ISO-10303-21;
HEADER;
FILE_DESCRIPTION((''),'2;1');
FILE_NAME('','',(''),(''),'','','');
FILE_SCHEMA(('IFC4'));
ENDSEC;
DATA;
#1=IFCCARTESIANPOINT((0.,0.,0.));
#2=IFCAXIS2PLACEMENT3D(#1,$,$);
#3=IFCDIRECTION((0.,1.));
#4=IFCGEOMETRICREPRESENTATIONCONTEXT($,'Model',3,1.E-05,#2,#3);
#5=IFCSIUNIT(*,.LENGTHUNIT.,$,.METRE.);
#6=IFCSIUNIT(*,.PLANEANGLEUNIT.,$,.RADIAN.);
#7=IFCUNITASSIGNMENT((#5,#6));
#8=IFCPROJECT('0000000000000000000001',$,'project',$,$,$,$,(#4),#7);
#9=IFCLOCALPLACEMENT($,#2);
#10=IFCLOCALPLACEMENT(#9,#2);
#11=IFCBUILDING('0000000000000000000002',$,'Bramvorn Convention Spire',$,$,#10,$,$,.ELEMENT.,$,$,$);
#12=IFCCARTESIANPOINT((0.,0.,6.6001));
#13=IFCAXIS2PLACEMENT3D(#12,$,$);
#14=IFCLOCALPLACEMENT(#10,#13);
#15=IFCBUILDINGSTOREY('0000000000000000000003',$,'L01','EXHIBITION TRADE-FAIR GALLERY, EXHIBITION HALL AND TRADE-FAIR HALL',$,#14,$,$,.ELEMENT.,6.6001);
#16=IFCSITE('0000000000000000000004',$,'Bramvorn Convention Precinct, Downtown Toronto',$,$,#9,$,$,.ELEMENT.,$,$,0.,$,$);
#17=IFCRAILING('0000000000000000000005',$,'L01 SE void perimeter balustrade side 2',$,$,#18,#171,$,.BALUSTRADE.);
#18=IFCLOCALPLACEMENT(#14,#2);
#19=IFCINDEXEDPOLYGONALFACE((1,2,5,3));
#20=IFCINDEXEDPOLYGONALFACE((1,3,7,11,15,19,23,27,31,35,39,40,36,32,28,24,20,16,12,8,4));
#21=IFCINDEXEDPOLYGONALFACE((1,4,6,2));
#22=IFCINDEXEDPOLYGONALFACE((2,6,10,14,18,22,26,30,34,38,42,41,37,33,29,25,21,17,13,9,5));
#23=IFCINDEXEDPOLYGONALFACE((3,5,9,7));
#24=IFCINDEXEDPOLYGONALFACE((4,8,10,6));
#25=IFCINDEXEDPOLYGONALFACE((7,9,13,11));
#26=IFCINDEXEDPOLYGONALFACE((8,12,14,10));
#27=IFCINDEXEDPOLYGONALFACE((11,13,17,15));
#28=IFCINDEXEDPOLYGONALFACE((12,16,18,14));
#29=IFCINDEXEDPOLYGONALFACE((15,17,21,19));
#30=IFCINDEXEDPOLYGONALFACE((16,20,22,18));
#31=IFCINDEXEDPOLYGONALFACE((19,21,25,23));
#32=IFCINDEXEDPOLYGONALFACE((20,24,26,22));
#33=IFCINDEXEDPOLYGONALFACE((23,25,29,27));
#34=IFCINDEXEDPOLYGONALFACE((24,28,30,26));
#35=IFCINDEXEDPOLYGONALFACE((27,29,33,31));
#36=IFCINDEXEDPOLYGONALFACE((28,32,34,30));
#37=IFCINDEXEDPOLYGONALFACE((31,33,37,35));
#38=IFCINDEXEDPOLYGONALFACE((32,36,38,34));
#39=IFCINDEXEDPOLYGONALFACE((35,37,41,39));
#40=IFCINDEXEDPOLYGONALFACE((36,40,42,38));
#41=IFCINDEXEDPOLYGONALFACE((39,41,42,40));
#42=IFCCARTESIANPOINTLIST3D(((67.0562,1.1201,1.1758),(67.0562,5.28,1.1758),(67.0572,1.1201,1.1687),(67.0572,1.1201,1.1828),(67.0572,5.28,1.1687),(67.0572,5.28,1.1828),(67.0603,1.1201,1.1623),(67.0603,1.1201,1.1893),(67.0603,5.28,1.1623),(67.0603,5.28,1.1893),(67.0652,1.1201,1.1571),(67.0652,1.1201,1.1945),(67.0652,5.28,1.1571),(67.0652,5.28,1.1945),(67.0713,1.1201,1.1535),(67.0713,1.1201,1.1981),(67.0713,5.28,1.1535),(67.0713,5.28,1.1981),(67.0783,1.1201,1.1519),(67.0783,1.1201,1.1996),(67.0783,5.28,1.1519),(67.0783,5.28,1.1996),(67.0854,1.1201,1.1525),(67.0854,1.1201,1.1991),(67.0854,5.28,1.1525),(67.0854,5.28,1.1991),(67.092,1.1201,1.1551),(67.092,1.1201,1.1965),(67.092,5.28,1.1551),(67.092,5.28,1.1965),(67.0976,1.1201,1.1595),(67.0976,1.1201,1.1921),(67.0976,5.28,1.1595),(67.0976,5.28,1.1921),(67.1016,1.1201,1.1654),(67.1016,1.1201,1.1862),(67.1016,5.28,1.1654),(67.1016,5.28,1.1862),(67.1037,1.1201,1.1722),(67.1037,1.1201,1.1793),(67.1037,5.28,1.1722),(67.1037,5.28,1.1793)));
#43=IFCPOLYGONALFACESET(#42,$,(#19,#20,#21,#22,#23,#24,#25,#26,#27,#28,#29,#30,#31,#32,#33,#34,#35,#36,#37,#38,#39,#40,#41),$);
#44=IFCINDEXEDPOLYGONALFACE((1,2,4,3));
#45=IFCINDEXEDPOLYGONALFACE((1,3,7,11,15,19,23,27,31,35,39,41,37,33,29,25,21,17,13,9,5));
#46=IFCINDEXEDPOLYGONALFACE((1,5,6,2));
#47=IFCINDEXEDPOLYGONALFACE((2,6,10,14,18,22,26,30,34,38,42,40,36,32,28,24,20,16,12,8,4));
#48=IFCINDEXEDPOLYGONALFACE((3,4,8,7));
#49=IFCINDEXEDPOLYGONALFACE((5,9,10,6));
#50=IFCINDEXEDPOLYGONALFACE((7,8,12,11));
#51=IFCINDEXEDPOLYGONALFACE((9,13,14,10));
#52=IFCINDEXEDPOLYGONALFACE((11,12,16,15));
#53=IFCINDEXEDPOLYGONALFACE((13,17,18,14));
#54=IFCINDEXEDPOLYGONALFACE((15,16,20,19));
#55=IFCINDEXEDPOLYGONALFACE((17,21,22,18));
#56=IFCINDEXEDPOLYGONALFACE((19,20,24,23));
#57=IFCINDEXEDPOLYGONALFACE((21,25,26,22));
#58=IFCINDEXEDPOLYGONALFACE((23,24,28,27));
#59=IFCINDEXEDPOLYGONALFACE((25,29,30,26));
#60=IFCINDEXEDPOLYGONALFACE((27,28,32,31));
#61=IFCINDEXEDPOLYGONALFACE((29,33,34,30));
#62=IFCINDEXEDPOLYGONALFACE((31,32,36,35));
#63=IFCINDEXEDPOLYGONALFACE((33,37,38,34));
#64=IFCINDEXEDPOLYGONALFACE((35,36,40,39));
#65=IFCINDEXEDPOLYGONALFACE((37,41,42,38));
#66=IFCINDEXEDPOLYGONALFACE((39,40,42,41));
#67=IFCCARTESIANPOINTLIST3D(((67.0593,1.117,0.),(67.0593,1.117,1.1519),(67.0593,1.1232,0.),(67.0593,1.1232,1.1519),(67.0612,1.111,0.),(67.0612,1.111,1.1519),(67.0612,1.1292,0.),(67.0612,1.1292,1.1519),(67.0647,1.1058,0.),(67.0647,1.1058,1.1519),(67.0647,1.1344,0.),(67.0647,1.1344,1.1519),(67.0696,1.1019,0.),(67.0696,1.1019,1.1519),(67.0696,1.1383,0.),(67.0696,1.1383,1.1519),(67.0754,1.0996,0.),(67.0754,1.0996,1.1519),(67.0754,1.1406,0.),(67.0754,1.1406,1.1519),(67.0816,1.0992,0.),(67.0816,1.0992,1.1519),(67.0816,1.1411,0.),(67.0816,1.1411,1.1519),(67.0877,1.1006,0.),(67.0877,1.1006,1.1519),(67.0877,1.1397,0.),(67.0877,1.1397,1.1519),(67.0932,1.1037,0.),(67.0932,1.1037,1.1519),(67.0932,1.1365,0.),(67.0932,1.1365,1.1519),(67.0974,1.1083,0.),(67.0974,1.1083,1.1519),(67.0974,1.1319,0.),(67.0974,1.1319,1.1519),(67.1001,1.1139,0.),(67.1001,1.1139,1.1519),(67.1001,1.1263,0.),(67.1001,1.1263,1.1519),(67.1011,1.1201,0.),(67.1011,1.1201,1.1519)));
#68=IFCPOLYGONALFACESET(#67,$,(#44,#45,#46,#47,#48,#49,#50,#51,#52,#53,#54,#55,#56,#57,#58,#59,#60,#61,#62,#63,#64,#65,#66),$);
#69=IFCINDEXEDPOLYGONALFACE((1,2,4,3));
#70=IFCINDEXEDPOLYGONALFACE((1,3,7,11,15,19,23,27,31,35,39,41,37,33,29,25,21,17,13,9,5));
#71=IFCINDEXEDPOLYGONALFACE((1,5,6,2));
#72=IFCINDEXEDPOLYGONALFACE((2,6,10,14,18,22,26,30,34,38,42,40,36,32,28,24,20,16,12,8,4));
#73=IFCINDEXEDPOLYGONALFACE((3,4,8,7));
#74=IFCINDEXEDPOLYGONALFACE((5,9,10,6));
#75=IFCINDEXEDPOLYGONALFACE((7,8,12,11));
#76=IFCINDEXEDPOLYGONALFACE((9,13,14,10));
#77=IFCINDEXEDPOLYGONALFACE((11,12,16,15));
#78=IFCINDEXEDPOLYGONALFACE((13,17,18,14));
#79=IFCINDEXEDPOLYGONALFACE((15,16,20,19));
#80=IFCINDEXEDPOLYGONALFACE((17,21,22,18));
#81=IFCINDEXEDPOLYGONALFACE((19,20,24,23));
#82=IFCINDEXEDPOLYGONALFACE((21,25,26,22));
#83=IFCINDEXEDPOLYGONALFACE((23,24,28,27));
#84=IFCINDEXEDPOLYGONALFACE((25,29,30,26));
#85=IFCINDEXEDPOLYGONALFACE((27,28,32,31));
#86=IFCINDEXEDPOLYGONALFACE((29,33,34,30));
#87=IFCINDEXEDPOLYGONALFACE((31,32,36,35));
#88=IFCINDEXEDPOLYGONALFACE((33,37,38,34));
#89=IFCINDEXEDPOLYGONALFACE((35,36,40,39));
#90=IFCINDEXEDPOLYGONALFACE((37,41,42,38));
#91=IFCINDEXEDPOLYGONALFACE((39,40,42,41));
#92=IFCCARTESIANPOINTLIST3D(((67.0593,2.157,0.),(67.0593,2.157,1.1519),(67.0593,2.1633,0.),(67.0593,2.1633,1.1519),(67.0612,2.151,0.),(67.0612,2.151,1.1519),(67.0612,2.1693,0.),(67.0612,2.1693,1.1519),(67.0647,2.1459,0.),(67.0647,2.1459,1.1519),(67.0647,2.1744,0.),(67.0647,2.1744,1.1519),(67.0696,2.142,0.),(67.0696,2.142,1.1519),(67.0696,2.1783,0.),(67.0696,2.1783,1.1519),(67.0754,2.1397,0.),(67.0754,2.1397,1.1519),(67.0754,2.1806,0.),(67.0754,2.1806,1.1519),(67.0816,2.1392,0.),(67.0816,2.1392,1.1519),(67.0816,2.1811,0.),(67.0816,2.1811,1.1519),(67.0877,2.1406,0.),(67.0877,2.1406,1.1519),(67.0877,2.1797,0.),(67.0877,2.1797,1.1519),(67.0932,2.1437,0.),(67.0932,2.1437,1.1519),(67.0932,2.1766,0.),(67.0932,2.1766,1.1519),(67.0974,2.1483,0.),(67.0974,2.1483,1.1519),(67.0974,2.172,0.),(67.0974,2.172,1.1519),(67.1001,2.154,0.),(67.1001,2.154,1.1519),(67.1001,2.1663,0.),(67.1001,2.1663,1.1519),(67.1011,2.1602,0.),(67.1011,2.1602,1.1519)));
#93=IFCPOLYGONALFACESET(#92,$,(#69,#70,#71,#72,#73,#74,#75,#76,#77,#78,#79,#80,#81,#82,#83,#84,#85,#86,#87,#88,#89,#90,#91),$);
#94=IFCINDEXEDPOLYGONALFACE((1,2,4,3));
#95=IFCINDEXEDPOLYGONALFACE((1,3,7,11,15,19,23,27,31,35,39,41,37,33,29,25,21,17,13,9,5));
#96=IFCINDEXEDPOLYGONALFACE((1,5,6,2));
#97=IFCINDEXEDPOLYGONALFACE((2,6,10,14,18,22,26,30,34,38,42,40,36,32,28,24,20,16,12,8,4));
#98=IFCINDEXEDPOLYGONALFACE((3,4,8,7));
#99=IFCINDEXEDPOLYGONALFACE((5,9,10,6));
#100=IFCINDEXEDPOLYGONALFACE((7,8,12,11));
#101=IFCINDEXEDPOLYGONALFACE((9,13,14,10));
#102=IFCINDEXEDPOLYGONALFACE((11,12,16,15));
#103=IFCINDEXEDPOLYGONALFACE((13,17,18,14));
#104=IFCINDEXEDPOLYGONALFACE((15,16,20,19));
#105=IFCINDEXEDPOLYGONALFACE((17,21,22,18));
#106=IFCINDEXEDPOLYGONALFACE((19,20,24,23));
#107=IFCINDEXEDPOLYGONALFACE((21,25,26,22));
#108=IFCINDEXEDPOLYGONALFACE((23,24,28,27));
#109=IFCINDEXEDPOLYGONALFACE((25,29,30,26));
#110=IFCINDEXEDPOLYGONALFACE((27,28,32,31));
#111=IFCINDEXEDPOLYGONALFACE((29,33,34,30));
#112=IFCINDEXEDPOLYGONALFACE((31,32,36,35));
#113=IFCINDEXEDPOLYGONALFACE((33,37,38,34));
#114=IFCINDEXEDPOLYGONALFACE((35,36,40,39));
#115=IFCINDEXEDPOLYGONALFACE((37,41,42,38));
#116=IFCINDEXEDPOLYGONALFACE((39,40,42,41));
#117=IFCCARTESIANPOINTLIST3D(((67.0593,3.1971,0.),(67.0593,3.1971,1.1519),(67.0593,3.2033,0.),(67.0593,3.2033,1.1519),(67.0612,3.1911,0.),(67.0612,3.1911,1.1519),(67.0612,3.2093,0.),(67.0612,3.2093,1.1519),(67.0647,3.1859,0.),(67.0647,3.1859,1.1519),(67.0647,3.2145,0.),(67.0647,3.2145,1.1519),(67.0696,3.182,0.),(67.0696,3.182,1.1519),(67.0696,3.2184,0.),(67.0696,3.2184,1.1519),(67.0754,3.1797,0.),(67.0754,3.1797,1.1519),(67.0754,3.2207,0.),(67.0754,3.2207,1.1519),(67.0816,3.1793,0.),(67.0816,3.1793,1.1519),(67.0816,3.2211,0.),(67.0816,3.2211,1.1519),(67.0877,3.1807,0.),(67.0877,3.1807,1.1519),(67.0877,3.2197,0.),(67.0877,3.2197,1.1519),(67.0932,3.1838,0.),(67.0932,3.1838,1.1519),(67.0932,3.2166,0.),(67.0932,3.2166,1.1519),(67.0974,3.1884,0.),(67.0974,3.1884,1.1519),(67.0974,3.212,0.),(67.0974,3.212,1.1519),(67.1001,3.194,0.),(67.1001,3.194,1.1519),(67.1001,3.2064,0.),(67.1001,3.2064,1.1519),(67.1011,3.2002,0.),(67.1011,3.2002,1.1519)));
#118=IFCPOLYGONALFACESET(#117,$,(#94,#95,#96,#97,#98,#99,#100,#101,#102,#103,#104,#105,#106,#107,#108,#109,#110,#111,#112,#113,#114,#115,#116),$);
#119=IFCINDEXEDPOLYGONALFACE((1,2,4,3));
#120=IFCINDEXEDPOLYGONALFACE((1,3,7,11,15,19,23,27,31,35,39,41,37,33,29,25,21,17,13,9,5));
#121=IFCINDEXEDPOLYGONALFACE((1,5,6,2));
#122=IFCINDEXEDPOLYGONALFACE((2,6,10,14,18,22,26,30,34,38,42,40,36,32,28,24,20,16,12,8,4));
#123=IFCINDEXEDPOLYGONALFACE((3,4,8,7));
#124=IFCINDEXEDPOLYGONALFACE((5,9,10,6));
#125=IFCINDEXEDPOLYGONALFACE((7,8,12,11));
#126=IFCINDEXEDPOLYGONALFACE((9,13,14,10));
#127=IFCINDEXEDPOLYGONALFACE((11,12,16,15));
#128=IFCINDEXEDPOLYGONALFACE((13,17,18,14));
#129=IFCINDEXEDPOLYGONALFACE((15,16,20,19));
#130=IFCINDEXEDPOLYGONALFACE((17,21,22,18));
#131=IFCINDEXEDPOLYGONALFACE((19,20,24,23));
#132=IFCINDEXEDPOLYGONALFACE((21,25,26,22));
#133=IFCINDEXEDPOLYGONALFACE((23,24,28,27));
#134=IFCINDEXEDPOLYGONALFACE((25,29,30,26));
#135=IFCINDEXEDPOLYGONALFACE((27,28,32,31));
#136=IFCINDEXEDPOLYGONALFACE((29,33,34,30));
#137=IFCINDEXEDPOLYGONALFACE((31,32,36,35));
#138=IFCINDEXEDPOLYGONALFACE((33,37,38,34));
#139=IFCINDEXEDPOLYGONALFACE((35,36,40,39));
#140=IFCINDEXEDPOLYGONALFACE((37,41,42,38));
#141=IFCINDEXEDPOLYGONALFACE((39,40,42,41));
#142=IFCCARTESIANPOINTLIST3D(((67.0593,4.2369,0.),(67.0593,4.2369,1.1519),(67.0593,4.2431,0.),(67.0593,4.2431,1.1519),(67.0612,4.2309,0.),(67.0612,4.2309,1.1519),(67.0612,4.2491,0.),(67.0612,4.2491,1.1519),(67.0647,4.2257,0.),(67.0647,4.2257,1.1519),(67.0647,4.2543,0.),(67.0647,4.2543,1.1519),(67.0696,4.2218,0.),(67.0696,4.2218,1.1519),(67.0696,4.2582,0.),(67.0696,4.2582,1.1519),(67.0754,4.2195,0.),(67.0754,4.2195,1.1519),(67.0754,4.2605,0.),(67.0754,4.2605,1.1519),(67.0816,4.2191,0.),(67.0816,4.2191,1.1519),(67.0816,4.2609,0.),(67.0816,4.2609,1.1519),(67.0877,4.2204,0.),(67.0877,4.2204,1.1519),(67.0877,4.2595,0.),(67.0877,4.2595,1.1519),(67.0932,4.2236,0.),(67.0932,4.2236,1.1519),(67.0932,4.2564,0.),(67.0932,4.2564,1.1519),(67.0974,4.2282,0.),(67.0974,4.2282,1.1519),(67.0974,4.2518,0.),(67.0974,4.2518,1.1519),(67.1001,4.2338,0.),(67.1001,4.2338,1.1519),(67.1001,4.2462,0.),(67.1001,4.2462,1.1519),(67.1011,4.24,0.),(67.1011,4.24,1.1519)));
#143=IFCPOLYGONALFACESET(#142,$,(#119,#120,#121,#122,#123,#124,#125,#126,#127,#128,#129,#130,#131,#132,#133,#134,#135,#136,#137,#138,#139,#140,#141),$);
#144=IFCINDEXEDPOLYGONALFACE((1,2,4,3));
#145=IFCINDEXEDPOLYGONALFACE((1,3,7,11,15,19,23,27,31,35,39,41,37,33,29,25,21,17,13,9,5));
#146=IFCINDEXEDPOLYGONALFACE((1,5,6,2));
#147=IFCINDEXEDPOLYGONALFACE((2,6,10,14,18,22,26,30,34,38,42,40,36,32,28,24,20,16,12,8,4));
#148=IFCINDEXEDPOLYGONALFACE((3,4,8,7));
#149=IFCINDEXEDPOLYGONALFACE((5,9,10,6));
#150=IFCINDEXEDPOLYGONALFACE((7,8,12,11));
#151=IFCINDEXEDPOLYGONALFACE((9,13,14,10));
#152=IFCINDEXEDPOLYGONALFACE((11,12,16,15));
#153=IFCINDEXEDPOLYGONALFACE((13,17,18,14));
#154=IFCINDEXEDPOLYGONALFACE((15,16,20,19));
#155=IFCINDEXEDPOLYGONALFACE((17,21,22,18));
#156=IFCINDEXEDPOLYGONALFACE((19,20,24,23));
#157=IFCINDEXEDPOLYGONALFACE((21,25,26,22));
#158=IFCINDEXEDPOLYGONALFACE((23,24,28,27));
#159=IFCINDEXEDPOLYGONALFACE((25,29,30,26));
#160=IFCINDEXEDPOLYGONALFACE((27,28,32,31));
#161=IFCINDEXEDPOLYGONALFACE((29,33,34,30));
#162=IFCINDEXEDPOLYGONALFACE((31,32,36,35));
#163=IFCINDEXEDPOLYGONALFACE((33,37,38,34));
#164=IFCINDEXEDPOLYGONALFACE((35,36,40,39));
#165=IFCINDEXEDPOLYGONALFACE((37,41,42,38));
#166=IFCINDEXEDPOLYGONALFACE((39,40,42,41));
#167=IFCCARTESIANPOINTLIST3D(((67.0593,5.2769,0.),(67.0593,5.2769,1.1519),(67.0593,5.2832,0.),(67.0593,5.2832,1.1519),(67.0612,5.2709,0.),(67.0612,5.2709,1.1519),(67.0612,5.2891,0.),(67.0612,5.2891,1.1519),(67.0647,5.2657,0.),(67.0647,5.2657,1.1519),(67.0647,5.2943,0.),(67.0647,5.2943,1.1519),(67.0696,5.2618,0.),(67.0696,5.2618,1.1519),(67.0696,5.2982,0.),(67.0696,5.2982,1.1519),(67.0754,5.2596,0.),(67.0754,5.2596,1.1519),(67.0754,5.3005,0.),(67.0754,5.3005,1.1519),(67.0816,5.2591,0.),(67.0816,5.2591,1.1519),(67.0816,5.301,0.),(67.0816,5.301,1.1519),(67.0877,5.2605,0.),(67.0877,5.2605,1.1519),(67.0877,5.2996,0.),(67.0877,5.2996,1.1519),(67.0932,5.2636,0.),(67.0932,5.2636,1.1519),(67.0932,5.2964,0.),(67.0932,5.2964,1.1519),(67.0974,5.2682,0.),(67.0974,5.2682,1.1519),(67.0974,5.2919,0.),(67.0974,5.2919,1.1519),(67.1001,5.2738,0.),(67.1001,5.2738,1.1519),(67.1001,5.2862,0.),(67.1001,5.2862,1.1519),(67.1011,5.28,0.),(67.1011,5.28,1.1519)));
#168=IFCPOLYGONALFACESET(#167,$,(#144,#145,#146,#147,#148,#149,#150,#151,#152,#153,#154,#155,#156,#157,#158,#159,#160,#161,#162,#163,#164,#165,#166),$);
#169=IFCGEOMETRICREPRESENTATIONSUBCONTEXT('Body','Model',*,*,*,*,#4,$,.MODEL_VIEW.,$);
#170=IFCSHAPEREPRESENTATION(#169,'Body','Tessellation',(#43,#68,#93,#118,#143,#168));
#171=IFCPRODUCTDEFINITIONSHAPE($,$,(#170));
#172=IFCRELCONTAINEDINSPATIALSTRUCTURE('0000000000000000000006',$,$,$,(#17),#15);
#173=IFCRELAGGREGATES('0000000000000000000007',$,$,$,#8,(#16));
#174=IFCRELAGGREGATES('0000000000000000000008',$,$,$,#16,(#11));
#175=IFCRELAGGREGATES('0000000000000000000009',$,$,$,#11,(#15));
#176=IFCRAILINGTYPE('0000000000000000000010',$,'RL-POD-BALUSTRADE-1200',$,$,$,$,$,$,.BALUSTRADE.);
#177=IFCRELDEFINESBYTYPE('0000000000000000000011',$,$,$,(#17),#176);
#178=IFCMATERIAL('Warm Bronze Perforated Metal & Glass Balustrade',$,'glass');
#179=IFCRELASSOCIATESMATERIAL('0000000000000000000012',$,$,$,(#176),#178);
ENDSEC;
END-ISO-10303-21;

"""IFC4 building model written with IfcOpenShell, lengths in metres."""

from ifc_helpers import new_model, si_unit, direction, frame, origin, origin_2d, place, context, subcontext, project, spatial, circle, extrude, material, type_object, element, save


model = new_model("IFC4")

# Units and contexts
model_context = context("Model", 3, precision=1e-05, world=origin(), true_north=direction((0.0, 1.0)))
body_context = subcontext(model_context, "Body", "Model", "MODEL_VIEW")
ifc_project = project(units=[si_unit("LENGTHUNIT", "METRE"), si_unit("PLANEANGLEUNIT", "RADIAN")], contexts=[model_context])

# Site, building, storey
site_placement = place(None, origin())
site = spatial("IfcSite", under=ifc_project, at=site_placement, Name="Bramvorn Convention Precinct, Downtown Toronto", CompositionType="ELEMENT", RefElevation=0.0)
building_placement = place(site_placement, origin())
building = spatial("IfcBuilding", under=site, at=building_placement, Name="Bramvorn Convention Spire", CompositionType="ELEMENT")
storey_placement = place(building_placement, frame((0.0, 0.0, 6.6001)))
storey = spatial("IfcBuildingStorey", under=building, at=storey_placement, Name="L01", Description="EXHIBITION TRADE-FAIR GALLERY, EXHIBITION HALL AND TRADE-FAIR HALL", CompositionType="ELEMENT", Elevation=6.6001)

# Railing
ifc_material_1 = material(Name="Warm Bronze Perforated Metal & Glass Balustrade", Category="glass")
railing_type = type_object("IfcRailingType", Name="RL-POD-BALUSTRADE-1200", PredefinedType="BALUSTRADE", material=ifc_material_1)
railing_1_placement = place(storey_placement, frame((67.0801, 1.1201, 0.0)))
element("IfcRailing", 1, at=railing_1_placement, inside=storey, type_object=railing_type, Name="L01 SE void perimeter balustrade side 2", PredefinedType="BALUSTRADE", context=body_context, shape_type="SweptSolid", body=[
    extrude(circle(Radius=0.0239, at=origin_2d()), frame((0.0, 0.0, 1.1758), z_axis=(0.0, 1.0, 0.0), x_axis=(-1.0, 0.0, 0.0)), (0.0, 0.0, 1.0), 4.1599),
    extrude(circle(Radius=0.021, at=origin_2d()), origin(), (0.0, 0.0, 1.0), 1.1519),
    extrude(circle(Radius=0.021, at=origin_2d()), frame((0.0, 1.04, 0.0)), (0.0, 0.0, 1.0), 1.1519),
    extrude(circle(Radius=0.021, at=origin_2d()), frame((0.0, 2.0801, 0.0)), (0.0, 0.0, 1.0), 1.1519),
    extrude(circle(Radius=0.021, at=origin_2d()), frame((0.0, 3.1199, 0.0)), (0.0, 0.0, 1.0), 1.1519),
    extrude(circle(Radius=0.021, at=origin_2d()), frame((0.0, 4.1599, 0.0)), (0.0, 0.0, 1.0), 1.1519),
])

save(model, "model.ifc")
